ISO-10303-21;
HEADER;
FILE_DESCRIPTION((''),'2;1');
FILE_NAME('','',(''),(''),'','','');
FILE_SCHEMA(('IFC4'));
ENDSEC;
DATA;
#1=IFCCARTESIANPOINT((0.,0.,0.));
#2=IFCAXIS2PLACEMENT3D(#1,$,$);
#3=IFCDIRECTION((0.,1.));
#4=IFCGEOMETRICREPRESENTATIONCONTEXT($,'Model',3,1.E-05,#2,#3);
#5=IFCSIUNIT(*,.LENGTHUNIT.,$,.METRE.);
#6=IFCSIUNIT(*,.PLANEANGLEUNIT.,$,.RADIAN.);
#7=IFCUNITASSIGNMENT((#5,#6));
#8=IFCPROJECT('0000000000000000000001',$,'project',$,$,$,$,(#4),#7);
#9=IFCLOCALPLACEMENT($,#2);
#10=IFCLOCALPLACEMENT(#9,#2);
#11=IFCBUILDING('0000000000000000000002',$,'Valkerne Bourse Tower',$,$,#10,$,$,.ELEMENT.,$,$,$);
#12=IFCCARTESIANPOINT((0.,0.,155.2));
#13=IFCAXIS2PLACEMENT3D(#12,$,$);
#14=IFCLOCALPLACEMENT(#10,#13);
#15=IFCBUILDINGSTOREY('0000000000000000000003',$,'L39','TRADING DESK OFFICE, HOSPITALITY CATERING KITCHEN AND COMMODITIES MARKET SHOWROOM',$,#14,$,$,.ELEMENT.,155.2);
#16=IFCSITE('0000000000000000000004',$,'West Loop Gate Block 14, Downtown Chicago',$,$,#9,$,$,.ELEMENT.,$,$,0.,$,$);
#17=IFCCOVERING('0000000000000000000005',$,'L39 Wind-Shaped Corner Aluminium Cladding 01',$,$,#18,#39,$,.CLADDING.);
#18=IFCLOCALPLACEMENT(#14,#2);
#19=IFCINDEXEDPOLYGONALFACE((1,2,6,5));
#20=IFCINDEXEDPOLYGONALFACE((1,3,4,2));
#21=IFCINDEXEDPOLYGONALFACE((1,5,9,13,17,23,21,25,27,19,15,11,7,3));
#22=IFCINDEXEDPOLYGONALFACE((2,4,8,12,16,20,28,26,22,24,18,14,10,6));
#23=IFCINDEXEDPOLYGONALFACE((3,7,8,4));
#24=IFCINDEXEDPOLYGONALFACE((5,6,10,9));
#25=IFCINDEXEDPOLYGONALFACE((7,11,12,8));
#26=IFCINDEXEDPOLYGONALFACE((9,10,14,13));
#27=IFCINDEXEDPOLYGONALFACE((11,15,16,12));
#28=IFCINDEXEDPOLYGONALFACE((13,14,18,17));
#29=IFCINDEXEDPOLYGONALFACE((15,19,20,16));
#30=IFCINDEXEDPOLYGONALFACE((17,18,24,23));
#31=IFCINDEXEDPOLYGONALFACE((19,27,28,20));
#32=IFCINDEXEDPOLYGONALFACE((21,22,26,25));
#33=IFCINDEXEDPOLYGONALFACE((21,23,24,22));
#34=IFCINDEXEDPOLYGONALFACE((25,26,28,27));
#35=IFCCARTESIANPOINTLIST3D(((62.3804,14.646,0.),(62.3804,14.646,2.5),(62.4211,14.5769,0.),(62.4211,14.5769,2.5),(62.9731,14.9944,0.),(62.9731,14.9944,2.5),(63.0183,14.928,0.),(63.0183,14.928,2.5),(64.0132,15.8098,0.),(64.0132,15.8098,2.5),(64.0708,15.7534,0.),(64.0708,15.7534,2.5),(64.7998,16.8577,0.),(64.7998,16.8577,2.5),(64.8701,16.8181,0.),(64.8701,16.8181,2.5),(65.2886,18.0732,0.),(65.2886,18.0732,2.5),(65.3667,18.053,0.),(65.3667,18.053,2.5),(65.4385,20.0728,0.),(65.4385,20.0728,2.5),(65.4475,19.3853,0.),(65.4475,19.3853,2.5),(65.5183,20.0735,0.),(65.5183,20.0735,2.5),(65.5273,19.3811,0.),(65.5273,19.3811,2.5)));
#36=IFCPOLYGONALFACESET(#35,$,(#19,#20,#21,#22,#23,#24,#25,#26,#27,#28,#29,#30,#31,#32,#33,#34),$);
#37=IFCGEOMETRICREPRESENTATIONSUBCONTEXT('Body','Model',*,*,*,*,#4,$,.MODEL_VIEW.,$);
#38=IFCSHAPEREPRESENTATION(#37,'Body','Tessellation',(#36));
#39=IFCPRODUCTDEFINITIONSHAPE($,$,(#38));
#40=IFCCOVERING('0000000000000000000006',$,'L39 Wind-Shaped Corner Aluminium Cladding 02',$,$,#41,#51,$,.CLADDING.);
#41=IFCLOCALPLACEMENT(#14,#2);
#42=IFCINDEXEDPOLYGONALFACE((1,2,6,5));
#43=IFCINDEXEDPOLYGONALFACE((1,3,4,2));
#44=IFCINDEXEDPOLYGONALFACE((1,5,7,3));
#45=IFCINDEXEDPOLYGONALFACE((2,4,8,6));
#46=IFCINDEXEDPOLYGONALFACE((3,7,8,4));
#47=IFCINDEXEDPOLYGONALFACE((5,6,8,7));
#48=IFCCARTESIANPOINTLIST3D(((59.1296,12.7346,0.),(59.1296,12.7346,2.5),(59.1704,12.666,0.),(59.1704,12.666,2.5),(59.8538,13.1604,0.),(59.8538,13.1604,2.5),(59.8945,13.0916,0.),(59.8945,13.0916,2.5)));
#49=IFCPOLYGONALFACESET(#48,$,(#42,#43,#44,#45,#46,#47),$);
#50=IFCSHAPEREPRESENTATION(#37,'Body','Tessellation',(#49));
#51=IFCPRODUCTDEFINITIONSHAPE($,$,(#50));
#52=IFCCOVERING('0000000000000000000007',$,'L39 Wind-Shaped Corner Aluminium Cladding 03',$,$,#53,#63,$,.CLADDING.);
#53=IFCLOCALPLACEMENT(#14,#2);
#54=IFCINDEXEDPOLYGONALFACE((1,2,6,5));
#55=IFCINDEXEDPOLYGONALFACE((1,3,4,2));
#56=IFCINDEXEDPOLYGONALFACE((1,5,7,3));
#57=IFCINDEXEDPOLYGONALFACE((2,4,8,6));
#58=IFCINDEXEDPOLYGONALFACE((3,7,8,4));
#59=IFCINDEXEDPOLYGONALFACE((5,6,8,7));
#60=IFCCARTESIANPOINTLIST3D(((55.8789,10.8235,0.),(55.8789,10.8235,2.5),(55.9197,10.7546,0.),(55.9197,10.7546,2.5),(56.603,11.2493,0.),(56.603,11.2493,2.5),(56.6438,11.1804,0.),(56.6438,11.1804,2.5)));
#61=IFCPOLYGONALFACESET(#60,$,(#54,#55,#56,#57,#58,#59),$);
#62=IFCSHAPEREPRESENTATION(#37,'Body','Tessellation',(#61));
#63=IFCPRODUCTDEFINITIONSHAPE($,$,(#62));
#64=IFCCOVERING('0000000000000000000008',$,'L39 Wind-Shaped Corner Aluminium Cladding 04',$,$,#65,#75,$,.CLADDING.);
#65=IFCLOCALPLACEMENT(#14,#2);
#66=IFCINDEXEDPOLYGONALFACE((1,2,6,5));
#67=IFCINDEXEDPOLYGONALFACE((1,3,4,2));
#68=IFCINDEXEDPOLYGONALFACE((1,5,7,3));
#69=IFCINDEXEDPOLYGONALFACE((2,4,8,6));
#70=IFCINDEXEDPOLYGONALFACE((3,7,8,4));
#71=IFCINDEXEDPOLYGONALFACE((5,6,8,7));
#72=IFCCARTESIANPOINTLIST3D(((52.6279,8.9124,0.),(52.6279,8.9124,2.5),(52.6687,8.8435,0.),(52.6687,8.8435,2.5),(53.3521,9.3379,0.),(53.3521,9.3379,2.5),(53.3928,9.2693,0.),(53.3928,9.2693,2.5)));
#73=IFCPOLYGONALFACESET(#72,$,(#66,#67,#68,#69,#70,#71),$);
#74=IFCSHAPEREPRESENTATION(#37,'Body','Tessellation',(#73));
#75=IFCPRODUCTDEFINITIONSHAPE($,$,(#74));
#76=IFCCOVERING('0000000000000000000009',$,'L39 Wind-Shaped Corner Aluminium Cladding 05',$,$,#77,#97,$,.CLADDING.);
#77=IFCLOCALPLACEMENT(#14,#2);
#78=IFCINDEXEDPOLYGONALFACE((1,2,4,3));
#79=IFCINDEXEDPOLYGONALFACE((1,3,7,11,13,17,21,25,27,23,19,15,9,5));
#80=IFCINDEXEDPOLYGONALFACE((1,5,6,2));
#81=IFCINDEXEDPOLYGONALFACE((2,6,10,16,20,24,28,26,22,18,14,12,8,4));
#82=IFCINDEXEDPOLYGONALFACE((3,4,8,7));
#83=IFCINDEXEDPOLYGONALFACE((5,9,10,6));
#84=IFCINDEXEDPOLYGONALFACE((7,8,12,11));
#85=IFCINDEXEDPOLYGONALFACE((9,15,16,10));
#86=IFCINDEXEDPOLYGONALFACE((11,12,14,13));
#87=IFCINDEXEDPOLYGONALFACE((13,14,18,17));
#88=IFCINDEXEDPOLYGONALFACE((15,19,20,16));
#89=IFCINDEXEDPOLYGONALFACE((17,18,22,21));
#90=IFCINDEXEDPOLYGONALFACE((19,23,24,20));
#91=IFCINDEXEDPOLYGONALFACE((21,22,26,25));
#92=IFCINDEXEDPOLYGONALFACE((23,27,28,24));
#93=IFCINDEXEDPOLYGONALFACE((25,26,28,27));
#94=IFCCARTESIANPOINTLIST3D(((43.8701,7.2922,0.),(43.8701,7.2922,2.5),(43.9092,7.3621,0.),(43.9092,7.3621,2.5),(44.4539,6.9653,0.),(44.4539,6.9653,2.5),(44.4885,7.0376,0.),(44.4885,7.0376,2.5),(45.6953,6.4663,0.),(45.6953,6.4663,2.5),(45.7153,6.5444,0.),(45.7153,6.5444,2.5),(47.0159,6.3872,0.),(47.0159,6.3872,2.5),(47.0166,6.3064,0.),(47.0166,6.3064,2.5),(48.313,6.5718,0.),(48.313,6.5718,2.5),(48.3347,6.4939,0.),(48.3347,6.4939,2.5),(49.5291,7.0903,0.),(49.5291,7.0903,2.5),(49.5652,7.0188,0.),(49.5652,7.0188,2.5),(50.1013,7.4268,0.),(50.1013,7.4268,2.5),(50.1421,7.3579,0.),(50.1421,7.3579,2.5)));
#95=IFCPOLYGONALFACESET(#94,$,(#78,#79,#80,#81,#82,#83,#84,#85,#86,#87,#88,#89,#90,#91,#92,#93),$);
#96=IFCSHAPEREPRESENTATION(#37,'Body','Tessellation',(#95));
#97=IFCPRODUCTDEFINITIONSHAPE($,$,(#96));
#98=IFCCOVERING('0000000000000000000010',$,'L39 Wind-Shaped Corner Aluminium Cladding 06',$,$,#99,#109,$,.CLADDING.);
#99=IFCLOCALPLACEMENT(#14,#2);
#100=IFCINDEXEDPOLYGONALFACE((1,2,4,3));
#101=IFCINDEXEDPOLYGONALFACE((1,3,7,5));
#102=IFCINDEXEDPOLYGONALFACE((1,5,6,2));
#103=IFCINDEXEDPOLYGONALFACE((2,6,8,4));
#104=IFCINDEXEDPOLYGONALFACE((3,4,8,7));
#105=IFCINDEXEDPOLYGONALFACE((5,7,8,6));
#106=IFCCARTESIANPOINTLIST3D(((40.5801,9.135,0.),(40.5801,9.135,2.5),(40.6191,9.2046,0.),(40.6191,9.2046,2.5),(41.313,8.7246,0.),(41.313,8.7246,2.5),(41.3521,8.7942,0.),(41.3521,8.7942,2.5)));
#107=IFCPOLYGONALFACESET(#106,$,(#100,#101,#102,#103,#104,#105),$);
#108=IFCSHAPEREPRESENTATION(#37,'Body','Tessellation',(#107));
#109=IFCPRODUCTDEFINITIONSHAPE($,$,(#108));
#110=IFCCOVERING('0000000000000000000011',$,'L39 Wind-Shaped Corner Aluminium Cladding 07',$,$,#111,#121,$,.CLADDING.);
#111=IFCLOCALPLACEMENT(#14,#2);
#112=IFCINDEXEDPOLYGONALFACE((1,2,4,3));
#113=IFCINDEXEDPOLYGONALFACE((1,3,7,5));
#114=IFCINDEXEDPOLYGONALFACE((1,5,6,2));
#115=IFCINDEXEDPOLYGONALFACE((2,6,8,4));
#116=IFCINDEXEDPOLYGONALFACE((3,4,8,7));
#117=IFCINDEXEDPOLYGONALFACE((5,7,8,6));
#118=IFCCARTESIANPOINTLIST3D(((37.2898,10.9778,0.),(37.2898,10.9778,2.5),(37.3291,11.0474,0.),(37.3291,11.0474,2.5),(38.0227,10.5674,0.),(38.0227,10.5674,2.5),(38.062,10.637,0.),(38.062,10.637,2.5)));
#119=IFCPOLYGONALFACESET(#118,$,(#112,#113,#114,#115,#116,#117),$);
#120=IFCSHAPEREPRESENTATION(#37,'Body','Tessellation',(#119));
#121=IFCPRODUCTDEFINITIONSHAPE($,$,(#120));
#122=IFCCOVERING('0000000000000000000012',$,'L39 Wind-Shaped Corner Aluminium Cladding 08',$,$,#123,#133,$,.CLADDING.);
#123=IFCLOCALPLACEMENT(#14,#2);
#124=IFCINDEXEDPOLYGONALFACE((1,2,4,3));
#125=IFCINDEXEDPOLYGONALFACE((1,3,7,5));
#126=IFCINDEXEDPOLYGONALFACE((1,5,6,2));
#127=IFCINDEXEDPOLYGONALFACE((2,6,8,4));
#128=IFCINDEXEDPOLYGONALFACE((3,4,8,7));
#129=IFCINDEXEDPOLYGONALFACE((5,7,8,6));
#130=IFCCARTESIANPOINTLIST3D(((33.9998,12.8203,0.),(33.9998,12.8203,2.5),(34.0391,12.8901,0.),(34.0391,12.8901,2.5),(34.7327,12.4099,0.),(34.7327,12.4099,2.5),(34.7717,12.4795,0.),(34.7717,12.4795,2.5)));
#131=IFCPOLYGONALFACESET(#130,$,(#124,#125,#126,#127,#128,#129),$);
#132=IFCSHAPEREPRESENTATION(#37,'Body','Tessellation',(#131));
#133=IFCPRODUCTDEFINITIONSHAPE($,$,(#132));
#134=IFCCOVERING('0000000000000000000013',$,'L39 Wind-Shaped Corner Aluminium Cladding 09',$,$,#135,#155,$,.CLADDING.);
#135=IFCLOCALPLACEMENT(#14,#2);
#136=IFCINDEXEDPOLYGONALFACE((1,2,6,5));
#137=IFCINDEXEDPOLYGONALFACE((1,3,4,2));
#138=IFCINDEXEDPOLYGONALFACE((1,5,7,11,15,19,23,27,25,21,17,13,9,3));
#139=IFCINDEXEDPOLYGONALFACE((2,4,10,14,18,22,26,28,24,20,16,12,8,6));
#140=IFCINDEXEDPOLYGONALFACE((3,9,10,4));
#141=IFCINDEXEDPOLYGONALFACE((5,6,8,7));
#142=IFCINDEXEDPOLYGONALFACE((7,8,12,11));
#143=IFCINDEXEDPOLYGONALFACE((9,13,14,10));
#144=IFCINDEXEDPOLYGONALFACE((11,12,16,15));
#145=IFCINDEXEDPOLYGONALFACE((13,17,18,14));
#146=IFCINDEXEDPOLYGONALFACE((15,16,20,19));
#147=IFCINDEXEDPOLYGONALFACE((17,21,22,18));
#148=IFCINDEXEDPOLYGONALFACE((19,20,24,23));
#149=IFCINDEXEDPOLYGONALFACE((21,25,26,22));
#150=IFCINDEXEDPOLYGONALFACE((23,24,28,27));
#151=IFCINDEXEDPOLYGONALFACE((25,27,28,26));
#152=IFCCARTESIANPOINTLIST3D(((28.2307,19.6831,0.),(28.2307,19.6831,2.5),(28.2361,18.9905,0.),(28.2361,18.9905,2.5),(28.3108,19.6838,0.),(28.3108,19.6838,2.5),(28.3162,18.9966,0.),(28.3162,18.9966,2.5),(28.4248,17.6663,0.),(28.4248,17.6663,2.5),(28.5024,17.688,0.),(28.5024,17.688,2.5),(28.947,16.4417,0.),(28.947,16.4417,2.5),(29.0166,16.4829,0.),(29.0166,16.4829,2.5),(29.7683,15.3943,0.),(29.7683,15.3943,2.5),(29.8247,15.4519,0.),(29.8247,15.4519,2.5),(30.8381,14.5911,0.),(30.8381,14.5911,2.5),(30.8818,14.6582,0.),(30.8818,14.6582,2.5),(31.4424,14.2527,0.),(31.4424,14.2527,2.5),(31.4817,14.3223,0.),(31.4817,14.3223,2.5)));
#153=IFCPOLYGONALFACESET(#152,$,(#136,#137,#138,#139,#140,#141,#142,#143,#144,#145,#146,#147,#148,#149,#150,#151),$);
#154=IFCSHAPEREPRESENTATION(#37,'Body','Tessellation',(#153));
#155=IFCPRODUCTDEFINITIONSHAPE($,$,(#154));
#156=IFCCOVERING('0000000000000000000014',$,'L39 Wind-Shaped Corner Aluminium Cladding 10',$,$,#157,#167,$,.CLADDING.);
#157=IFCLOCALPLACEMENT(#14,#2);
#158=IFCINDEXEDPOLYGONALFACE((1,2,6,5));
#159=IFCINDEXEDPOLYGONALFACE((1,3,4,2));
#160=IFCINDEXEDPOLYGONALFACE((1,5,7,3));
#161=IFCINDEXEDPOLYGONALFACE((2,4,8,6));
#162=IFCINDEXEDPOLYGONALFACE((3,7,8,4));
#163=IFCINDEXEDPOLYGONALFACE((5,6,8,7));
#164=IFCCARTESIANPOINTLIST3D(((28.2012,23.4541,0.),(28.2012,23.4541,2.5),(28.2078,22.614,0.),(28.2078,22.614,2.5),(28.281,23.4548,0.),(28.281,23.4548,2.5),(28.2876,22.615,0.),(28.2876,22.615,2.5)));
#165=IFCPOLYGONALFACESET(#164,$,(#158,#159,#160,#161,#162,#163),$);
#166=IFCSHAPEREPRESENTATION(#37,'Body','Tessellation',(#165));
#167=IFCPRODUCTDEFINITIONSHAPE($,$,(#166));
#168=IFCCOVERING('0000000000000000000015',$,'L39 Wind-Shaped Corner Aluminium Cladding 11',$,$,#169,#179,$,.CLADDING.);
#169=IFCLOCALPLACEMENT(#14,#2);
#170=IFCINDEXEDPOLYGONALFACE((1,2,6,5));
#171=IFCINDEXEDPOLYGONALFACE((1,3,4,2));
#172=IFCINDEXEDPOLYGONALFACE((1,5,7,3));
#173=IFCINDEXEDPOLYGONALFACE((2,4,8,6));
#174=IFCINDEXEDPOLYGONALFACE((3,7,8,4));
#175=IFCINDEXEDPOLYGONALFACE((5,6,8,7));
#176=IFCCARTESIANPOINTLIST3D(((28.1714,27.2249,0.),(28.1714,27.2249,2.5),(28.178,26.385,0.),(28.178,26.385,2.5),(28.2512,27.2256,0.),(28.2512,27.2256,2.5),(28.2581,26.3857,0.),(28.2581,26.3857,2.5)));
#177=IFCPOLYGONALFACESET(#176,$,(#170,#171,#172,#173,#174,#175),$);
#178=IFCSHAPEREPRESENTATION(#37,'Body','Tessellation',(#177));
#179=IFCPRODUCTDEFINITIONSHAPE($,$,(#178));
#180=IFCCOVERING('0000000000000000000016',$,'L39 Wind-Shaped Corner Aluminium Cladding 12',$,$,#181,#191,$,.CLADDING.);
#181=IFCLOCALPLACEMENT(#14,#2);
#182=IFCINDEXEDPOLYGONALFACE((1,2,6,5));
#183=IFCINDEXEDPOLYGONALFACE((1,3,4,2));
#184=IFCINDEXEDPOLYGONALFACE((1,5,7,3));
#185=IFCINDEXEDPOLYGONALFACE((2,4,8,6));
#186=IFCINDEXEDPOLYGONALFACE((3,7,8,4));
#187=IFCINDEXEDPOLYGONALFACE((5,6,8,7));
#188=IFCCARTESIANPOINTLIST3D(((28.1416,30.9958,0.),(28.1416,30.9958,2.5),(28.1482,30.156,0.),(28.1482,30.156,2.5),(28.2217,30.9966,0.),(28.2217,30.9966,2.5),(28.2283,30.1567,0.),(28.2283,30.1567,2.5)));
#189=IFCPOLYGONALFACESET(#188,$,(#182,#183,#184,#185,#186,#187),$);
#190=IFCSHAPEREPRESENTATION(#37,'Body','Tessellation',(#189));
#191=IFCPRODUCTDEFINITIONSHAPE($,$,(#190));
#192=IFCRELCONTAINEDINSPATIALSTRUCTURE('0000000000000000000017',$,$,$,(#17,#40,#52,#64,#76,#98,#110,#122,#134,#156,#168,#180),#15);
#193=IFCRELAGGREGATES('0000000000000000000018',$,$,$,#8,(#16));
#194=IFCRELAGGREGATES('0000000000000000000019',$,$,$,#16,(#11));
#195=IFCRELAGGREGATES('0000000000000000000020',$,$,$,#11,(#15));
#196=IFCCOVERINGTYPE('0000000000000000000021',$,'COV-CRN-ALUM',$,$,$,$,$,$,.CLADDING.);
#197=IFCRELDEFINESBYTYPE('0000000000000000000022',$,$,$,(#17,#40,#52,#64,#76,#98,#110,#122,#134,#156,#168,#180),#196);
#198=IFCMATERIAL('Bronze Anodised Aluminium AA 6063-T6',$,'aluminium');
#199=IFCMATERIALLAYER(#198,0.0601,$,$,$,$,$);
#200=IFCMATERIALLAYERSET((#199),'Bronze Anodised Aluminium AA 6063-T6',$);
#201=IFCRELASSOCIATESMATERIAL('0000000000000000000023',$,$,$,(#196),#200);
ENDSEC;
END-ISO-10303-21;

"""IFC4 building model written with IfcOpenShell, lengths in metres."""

from ifc_helpers import new_model, si_unit, direction, frame, origin, place, context, subcontext, project, spatial, polyline, outline, extrude, material, layer, layer_set, type_object, element, save


model = new_model("IFC4")

# Units and contexts
model_context = context("Model", 3, precision=1e-05, world=origin(), true_north=direction((0.0, 1.0)))
body_context = subcontext(model_context, "Body", "Model", "MODEL_VIEW")
ifc_project = project(units=[si_unit("LENGTHUNIT", "METRE"), si_unit("PLANEANGLEUNIT", "RADIAN")], contexts=[model_context])

# Site, building, storey
site_placement = place(None, origin())
site = spatial("IfcSite", under=ifc_project, at=site_placement, Name="West Loop Gate Block 14, Downtown Chicago", CompositionType="ELEMENT", RefElevation=0.0)
building_placement = place(site_placement, origin())
building = spatial("IfcBuilding", under=site, at=building_placement, Name="Valkerne Bourse Tower", CompositionType="ELEMENT")
storey_placement = place(building_placement, frame((0.0, 0.0, 155.2)))
storey = spatial("IfcBuildingStorey", under=building, at=storey_placement, Name="L39", Description="TRADING DESK OFFICE, HOSPITALITY CATERING KITCHEN AND COMMODITIES MARKET SHOWROOM", CompositionType="ELEMENT", Elevation=155.2)

# Coverings
ifc_material_1 = material(Name="Bronze Anodised Aluminium AA 6063-T6", Category="aluminium")
ifc_layer_1 = layer(ifc_material_1, 0.0601)
ifc_layer_set_1 = layer_set([ifc_layer_1], Name="Bronze Anodised Aluminium AA 6063-T6")
covering_type = type_object("IfcCoveringType", Name="COV-CRN-ALUM", PredefinedType="CLADDING", material=ifc_layer_set_1)
covering_1_placement = place(storey_placement, origin())
element("IfcCovering", 1, at=covering_1_placement, inside=storey, type_object=covering_type, Name="L39 Wind-Shaped Corner Aluminium Cladding 01", PredefinedType="CLADDING", context=body_context, shape_type="SweptSolid", body=[
    extrude(outline(polyline([(65.3667, 18.053), (64.8701, 16.8181), (64.0708, 15.7534), (63.0183, 14.928), (62.4211, 14.5769), (62.3804, 14.646), (62.9731, 14.9944), (64.0132, 15.8098), (64.7998, 16.8577), (65.2886, 18.0732), (65.4475, 19.3853), (65.4385, 20.0728), (65.5183, 20.0735), (65.5273, 19.3811), (65.3667, 18.053)])), origin(), (0.0, 0.0, 1.0), 2.5),
])
covering_2_placement = place(storey_placement, origin())
element("IfcCovering", 2, at=covering_2_placement, inside=storey, type_object=covering_type, Name="L39 Wind-Shaped Corner Aluminium Cladding 02", PredefinedType="CLADDING", context=body_context, shape_type="SweptSolid", body=[
    extrude(outline(polyline([(59.1704, 12.666), (59.1296, 12.7346), (59.8538, 13.1604), (59.8945, 13.0916), (59.1704, 12.666)])), origin(), (0.0, 0.0, 1.0), 2.5),
])
covering_3_placement = place(storey_placement, origin())
element("IfcCovering", 3, at=covering_3_placement, inside=storey, type_object=covering_type, Name="L39 Wind-Shaped Corner Aluminium Cladding 03", PredefinedType="CLADDING", context=body_context, shape_type="SweptSolid", body=[
    extrude(outline(polyline([(55.9197, 10.7546), (55.8789, 10.8235), (56.603, 11.2493), (56.6438, 11.1804), (55.9197, 10.7546)])), origin(), (0.0, 0.0, 1.0), 2.5),
])
covering_4_placement = place(storey_placement, origin())
element("IfcCovering", 4, at=covering_4_placement, inside=storey, type_object=covering_type, Name="L39 Wind-Shaped Corner Aluminium Cladding 04", PredefinedType="CLADDING", context=body_context, shape_type="SweptSolid", body=[
    extrude(outline(polyline([(52.6687, 8.8435), (52.6279, 8.9124), (53.3521, 9.3379), (53.3928, 9.2693), (52.6687, 8.8435)])), origin(), (0.0, 0.0, 1.0), 2.5),
])
covering_5_placement = place(storey_placement, origin())
element("IfcCovering", 5, at=covering_5_placement, inside=storey, type_object=covering_type, Name="L39 Wind-Shaped Corner Aluminium Cladding 05", PredefinedType="CLADDING", context=body_context, shape_type="SweptSolid", body=[
    extrude(outline(polyline([(49.5652, 7.0188), (48.3347, 6.4939), (47.0166, 6.3064), (45.6953, 6.4663), (44.4539, 6.9653), (43.8701, 7.2922), (43.9092, 7.3621), (44.4885, 7.0376), (45.7153, 6.5444), (47.0159, 6.3872), (48.313, 6.5718), (49.5291, 7.0903), (50.1013, 7.4268), (50.1421, 7.3579), (49.5652, 7.0188)])), origin(), (0.0, 0.0, 1.0), 2.5),
])
covering_6_placement = place(storey_placement, origin())
element("IfcCovering", 6, at=covering_6_placement, inside=storey, type_object=covering_type, Name="L39 Wind-Shaped Corner Aluminium Cladding 06", PredefinedType="CLADDING", context=body_context, shape_type="SweptSolid", body=[
    extrude(outline(polyline([(40.5801, 9.135), (40.6191, 9.2046), (41.3521, 8.7942), (41.313, 8.7246), (40.5801, 9.135)])), origin(), (0.0, 0.0, 1.0), 2.5),
])
covering_7_placement = place(storey_placement, origin())
element("IfcCovering", 7, at=covering_7_placement, inside=storey, type_object=covering_type, Name="L39 Wind-Shaped Corner Aluminium Cladding 07", PredefinedType="CLADDING", context=body_context, shape_type="SweptSolid", body=[
    extrude(outline(polyline([(37.2898, 10.9778), (37.3291, 11.0474), (38.062, 10.637), (38.0227, 10.5674), (37.2898, 10.9778)])), origin(), (0.0, 0.0, 1.0), 2.5),
])
covering_8_placement = place(storey_placement, origin())
element("IfcCovering", 8, at=covering_8_placement, inside=storey, type_object=covering_type, Name="L39 Wind-Shaped Corner Aluminium Cladding 08", PredefinedType="CLADDING", context=body_context, shape_type="SweptSolid", body=[
    extrude(outline(polyline([(33.9998, 12.8203), (34.0391, 12.8901), (34.7717, 12.4795), (34.7327, 12.4099), (33.9998, 12.8203)])), origin(), (0.0, 0.0, 1.0), 2.5),
])
covering_9_placement = place(storey_placement, origin())
element("IfcCovering", 9, at=covering_9_placement, inside=storey, type_object=covering_type, Name="L39 Wind-Shaped Corner Aluminium Cladding 09", PredefinedType="CLADDING", context=body_context, shape_type="SweptSolid", body=[
    extrude(outline(polyline([(30.8381, 14.5911), (29.7683, 15.3943), (28.947, 16.4417), (28.4248, 17.6663), (28.2361, 18.9905), (28.2307, 19.6831), (28.3108, 19.6838), (28.3162, 18.9966), (28.5024, 17.688), (29.0166, 16.4829), (29.8247, 15.4519), (30.8818, 14.6582), (31.4817, 14.3223), (31.4424, 14.2527), (30.8381, 14.5911)])), origin(), (0.0, 0.0, 1.0), 2.5),
])
covering_10_placement = place(storey_placement, origin())
element("IfcCovering", 10, at=covering_10_placement, inside=storey, type_object=covering_type, Name="L39 Wind-Shaped Corner Aluminium Cladding 10", PredefinedType="CLADDING", context=body_context, shape_type="SweptSolid", body=[
    extrude(outline(polyline([(28.2012, 23.4541), (28.281, 23.4548), (28.2876, 22.615), (28.2078, 22.614), (28.2012, 23.4541)])), origin(), (0.0, 0.0, 1.0), 2.5),
])
covering_11_placement = place(storey_placement, origin())
element("IfcCovering", 11, at=covering_11_placement, inside=storey, type_object=covering_type, Name="L39 Wind-Shaped Corner Aluminium Cladding 11", PredefinedType="CLADDING", context=body_context, shape_type="SweptSolid", body=[
    extrude(outline(polyline([(28.1714, 27.2249), (28.2512, 27.2256), (28.2581, 26.3857), (28.178, 26.385), (28.1714, 27.2249)])), origin(), (0.0, 0.0, 1.0), 2.5),
])
covering_12_placement = place(storey_placement, origin())
element("IfcCovering", 12, at=covering_12_placement, inside=storey, type_object=covering_type, Name="L39 Wind-Shaped Corner Aluminium Cladding 12", PredefinedType="CLADDING", context=body_context, shape_type="SweptSolid", body=[
    extrude(outline(polyline([(28.1416, 30.9958), (28.2217, 30.9966), (28.2283, 30.1567), (28.1482, 30.156), (28.1416, 30.9958)])), origin(), (0.0, 0.0, 1.0), 2.5),
])

save(model, "model.ifc")
